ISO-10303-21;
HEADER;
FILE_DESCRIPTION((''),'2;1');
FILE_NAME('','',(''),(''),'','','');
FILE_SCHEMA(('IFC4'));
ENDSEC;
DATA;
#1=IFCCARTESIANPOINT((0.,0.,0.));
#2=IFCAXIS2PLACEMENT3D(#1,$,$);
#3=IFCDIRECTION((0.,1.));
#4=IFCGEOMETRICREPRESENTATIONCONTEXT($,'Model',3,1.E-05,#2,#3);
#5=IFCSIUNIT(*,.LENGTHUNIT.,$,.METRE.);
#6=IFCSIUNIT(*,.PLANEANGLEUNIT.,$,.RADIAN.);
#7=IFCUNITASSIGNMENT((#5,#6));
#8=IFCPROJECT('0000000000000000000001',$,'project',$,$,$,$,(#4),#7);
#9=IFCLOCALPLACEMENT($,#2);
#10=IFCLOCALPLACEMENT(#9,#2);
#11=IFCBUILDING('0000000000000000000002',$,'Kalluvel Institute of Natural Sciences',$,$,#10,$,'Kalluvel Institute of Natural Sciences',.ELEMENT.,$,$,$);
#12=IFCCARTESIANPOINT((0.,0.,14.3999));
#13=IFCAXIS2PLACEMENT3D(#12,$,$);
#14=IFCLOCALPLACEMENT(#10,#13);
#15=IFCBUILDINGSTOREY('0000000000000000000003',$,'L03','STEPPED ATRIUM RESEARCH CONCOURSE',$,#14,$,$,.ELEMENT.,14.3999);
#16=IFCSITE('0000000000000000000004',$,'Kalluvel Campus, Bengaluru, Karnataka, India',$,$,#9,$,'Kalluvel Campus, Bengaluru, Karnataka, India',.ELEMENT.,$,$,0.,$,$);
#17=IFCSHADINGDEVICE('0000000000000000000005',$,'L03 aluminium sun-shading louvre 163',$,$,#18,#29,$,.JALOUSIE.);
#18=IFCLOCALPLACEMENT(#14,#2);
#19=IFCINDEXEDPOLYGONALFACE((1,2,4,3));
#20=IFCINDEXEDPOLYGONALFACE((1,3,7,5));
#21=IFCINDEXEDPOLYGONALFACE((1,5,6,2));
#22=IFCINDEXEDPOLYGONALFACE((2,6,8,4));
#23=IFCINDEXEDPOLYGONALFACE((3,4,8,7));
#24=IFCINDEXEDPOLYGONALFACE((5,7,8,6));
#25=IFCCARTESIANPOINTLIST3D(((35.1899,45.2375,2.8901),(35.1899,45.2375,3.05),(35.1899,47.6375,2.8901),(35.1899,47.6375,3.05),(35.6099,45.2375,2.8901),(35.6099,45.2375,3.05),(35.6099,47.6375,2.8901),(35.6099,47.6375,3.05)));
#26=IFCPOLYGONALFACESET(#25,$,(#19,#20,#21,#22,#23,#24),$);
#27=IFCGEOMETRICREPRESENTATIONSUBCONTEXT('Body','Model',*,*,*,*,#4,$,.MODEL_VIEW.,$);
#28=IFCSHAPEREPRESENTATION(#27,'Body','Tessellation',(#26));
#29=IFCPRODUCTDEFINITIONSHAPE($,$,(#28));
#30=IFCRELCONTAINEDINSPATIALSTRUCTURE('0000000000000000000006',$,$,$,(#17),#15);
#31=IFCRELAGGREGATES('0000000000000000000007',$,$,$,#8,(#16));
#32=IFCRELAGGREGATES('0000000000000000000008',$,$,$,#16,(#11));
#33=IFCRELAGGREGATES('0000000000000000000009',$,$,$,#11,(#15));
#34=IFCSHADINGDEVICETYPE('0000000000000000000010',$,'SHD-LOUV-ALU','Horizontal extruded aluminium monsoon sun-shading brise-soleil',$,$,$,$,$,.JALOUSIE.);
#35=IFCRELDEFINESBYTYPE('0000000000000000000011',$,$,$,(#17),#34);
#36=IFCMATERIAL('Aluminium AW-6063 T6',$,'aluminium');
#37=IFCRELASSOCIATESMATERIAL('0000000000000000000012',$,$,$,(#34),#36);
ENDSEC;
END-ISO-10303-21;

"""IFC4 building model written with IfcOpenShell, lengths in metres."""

from ifc_helpers import new_model, si_unit, direction, frame, origin, origin_2d, place, context, subcontext, project, spatial, rectangle, extrude, material, type_object, element, save


model = new_model("IFC4")

# Units and contexts
model_context = context("Model", 3, precision=1e-05, world=origin(), true_north=direction((0.0, 1.0)))
body_context = subcontext(model_context, "Body", "Model", "MODEL_VIEW")
ifc_project = project(units=[si_unit("LENGTHUNIT", "METRE"), si_unit("PLANEANGLEUNIT", "RADIAN")], contexts=[model_context])

# Site, building, storey
site_placement = place(None, origin())
site = spatial("IfcSite", under=ifc_project, at=site_placement, Name="Kalluvel Campus, Bengaluru, Karnataka, India", LongName="Kalluvel Campus, Bengaluru, Karnataka, India", CompositionType="ELEMENT", RefElevation=0.0)
building_placement = place(site_placement, origin())
building = spatial("IfcBuilding", under=site, at=building_placement, Name="Kalluvel Institute of Natural Sciences", LongName="Kalluvel Institute of Natural Sciences", CompositionType="ELEMENT")
storey_placement = place(building_placement, frame((0.0, 0.0, 14.3999)))
storey = spatial("IfcBuildingStorey", under=building, at=storey_placement, Name="L03", Description="STEPPED ATRIUM RESEARCH CONCOURSE", CompositionType="ELEMENT", Elevation=14.3999)

# Shading device
ifc_material_1 = material(Name="Aluminium AW-6063 T6", Category="aluminium")
shading_device_type_1 = type_object("IfcShadingDeviceType", Name="SHD-LOUV-ALU", Description="Horizontal extruded aluminium monsoon sun-shading brise-soleil", PredefinedType="JALOUSIE", material=ifc_material_1)
shading_device_1_placement = place(storey_placement, frame((35.3999, 46.4375, 2.8901), z_axis=(0.0, 0.0, 1.0), x_axis=(0.0, 1.0, 0.0)))
element("IfcShadingDevice", 1, at=shading_device_1_placement, inside=storey, type_object=shading_device_type_1, Name="L03 aluminium sun-shading louvre 163", PredefinedType="JALOUSIE", context=body_context, shape_type="SweptSolid", body=[
    extrude(rectangle(XDim=2.3999, YDim=0.4199, at=origin_2d()), origin(), (0.0, 0.0, 1.0), 0.1599),
])

save(model, "model.ifc")
